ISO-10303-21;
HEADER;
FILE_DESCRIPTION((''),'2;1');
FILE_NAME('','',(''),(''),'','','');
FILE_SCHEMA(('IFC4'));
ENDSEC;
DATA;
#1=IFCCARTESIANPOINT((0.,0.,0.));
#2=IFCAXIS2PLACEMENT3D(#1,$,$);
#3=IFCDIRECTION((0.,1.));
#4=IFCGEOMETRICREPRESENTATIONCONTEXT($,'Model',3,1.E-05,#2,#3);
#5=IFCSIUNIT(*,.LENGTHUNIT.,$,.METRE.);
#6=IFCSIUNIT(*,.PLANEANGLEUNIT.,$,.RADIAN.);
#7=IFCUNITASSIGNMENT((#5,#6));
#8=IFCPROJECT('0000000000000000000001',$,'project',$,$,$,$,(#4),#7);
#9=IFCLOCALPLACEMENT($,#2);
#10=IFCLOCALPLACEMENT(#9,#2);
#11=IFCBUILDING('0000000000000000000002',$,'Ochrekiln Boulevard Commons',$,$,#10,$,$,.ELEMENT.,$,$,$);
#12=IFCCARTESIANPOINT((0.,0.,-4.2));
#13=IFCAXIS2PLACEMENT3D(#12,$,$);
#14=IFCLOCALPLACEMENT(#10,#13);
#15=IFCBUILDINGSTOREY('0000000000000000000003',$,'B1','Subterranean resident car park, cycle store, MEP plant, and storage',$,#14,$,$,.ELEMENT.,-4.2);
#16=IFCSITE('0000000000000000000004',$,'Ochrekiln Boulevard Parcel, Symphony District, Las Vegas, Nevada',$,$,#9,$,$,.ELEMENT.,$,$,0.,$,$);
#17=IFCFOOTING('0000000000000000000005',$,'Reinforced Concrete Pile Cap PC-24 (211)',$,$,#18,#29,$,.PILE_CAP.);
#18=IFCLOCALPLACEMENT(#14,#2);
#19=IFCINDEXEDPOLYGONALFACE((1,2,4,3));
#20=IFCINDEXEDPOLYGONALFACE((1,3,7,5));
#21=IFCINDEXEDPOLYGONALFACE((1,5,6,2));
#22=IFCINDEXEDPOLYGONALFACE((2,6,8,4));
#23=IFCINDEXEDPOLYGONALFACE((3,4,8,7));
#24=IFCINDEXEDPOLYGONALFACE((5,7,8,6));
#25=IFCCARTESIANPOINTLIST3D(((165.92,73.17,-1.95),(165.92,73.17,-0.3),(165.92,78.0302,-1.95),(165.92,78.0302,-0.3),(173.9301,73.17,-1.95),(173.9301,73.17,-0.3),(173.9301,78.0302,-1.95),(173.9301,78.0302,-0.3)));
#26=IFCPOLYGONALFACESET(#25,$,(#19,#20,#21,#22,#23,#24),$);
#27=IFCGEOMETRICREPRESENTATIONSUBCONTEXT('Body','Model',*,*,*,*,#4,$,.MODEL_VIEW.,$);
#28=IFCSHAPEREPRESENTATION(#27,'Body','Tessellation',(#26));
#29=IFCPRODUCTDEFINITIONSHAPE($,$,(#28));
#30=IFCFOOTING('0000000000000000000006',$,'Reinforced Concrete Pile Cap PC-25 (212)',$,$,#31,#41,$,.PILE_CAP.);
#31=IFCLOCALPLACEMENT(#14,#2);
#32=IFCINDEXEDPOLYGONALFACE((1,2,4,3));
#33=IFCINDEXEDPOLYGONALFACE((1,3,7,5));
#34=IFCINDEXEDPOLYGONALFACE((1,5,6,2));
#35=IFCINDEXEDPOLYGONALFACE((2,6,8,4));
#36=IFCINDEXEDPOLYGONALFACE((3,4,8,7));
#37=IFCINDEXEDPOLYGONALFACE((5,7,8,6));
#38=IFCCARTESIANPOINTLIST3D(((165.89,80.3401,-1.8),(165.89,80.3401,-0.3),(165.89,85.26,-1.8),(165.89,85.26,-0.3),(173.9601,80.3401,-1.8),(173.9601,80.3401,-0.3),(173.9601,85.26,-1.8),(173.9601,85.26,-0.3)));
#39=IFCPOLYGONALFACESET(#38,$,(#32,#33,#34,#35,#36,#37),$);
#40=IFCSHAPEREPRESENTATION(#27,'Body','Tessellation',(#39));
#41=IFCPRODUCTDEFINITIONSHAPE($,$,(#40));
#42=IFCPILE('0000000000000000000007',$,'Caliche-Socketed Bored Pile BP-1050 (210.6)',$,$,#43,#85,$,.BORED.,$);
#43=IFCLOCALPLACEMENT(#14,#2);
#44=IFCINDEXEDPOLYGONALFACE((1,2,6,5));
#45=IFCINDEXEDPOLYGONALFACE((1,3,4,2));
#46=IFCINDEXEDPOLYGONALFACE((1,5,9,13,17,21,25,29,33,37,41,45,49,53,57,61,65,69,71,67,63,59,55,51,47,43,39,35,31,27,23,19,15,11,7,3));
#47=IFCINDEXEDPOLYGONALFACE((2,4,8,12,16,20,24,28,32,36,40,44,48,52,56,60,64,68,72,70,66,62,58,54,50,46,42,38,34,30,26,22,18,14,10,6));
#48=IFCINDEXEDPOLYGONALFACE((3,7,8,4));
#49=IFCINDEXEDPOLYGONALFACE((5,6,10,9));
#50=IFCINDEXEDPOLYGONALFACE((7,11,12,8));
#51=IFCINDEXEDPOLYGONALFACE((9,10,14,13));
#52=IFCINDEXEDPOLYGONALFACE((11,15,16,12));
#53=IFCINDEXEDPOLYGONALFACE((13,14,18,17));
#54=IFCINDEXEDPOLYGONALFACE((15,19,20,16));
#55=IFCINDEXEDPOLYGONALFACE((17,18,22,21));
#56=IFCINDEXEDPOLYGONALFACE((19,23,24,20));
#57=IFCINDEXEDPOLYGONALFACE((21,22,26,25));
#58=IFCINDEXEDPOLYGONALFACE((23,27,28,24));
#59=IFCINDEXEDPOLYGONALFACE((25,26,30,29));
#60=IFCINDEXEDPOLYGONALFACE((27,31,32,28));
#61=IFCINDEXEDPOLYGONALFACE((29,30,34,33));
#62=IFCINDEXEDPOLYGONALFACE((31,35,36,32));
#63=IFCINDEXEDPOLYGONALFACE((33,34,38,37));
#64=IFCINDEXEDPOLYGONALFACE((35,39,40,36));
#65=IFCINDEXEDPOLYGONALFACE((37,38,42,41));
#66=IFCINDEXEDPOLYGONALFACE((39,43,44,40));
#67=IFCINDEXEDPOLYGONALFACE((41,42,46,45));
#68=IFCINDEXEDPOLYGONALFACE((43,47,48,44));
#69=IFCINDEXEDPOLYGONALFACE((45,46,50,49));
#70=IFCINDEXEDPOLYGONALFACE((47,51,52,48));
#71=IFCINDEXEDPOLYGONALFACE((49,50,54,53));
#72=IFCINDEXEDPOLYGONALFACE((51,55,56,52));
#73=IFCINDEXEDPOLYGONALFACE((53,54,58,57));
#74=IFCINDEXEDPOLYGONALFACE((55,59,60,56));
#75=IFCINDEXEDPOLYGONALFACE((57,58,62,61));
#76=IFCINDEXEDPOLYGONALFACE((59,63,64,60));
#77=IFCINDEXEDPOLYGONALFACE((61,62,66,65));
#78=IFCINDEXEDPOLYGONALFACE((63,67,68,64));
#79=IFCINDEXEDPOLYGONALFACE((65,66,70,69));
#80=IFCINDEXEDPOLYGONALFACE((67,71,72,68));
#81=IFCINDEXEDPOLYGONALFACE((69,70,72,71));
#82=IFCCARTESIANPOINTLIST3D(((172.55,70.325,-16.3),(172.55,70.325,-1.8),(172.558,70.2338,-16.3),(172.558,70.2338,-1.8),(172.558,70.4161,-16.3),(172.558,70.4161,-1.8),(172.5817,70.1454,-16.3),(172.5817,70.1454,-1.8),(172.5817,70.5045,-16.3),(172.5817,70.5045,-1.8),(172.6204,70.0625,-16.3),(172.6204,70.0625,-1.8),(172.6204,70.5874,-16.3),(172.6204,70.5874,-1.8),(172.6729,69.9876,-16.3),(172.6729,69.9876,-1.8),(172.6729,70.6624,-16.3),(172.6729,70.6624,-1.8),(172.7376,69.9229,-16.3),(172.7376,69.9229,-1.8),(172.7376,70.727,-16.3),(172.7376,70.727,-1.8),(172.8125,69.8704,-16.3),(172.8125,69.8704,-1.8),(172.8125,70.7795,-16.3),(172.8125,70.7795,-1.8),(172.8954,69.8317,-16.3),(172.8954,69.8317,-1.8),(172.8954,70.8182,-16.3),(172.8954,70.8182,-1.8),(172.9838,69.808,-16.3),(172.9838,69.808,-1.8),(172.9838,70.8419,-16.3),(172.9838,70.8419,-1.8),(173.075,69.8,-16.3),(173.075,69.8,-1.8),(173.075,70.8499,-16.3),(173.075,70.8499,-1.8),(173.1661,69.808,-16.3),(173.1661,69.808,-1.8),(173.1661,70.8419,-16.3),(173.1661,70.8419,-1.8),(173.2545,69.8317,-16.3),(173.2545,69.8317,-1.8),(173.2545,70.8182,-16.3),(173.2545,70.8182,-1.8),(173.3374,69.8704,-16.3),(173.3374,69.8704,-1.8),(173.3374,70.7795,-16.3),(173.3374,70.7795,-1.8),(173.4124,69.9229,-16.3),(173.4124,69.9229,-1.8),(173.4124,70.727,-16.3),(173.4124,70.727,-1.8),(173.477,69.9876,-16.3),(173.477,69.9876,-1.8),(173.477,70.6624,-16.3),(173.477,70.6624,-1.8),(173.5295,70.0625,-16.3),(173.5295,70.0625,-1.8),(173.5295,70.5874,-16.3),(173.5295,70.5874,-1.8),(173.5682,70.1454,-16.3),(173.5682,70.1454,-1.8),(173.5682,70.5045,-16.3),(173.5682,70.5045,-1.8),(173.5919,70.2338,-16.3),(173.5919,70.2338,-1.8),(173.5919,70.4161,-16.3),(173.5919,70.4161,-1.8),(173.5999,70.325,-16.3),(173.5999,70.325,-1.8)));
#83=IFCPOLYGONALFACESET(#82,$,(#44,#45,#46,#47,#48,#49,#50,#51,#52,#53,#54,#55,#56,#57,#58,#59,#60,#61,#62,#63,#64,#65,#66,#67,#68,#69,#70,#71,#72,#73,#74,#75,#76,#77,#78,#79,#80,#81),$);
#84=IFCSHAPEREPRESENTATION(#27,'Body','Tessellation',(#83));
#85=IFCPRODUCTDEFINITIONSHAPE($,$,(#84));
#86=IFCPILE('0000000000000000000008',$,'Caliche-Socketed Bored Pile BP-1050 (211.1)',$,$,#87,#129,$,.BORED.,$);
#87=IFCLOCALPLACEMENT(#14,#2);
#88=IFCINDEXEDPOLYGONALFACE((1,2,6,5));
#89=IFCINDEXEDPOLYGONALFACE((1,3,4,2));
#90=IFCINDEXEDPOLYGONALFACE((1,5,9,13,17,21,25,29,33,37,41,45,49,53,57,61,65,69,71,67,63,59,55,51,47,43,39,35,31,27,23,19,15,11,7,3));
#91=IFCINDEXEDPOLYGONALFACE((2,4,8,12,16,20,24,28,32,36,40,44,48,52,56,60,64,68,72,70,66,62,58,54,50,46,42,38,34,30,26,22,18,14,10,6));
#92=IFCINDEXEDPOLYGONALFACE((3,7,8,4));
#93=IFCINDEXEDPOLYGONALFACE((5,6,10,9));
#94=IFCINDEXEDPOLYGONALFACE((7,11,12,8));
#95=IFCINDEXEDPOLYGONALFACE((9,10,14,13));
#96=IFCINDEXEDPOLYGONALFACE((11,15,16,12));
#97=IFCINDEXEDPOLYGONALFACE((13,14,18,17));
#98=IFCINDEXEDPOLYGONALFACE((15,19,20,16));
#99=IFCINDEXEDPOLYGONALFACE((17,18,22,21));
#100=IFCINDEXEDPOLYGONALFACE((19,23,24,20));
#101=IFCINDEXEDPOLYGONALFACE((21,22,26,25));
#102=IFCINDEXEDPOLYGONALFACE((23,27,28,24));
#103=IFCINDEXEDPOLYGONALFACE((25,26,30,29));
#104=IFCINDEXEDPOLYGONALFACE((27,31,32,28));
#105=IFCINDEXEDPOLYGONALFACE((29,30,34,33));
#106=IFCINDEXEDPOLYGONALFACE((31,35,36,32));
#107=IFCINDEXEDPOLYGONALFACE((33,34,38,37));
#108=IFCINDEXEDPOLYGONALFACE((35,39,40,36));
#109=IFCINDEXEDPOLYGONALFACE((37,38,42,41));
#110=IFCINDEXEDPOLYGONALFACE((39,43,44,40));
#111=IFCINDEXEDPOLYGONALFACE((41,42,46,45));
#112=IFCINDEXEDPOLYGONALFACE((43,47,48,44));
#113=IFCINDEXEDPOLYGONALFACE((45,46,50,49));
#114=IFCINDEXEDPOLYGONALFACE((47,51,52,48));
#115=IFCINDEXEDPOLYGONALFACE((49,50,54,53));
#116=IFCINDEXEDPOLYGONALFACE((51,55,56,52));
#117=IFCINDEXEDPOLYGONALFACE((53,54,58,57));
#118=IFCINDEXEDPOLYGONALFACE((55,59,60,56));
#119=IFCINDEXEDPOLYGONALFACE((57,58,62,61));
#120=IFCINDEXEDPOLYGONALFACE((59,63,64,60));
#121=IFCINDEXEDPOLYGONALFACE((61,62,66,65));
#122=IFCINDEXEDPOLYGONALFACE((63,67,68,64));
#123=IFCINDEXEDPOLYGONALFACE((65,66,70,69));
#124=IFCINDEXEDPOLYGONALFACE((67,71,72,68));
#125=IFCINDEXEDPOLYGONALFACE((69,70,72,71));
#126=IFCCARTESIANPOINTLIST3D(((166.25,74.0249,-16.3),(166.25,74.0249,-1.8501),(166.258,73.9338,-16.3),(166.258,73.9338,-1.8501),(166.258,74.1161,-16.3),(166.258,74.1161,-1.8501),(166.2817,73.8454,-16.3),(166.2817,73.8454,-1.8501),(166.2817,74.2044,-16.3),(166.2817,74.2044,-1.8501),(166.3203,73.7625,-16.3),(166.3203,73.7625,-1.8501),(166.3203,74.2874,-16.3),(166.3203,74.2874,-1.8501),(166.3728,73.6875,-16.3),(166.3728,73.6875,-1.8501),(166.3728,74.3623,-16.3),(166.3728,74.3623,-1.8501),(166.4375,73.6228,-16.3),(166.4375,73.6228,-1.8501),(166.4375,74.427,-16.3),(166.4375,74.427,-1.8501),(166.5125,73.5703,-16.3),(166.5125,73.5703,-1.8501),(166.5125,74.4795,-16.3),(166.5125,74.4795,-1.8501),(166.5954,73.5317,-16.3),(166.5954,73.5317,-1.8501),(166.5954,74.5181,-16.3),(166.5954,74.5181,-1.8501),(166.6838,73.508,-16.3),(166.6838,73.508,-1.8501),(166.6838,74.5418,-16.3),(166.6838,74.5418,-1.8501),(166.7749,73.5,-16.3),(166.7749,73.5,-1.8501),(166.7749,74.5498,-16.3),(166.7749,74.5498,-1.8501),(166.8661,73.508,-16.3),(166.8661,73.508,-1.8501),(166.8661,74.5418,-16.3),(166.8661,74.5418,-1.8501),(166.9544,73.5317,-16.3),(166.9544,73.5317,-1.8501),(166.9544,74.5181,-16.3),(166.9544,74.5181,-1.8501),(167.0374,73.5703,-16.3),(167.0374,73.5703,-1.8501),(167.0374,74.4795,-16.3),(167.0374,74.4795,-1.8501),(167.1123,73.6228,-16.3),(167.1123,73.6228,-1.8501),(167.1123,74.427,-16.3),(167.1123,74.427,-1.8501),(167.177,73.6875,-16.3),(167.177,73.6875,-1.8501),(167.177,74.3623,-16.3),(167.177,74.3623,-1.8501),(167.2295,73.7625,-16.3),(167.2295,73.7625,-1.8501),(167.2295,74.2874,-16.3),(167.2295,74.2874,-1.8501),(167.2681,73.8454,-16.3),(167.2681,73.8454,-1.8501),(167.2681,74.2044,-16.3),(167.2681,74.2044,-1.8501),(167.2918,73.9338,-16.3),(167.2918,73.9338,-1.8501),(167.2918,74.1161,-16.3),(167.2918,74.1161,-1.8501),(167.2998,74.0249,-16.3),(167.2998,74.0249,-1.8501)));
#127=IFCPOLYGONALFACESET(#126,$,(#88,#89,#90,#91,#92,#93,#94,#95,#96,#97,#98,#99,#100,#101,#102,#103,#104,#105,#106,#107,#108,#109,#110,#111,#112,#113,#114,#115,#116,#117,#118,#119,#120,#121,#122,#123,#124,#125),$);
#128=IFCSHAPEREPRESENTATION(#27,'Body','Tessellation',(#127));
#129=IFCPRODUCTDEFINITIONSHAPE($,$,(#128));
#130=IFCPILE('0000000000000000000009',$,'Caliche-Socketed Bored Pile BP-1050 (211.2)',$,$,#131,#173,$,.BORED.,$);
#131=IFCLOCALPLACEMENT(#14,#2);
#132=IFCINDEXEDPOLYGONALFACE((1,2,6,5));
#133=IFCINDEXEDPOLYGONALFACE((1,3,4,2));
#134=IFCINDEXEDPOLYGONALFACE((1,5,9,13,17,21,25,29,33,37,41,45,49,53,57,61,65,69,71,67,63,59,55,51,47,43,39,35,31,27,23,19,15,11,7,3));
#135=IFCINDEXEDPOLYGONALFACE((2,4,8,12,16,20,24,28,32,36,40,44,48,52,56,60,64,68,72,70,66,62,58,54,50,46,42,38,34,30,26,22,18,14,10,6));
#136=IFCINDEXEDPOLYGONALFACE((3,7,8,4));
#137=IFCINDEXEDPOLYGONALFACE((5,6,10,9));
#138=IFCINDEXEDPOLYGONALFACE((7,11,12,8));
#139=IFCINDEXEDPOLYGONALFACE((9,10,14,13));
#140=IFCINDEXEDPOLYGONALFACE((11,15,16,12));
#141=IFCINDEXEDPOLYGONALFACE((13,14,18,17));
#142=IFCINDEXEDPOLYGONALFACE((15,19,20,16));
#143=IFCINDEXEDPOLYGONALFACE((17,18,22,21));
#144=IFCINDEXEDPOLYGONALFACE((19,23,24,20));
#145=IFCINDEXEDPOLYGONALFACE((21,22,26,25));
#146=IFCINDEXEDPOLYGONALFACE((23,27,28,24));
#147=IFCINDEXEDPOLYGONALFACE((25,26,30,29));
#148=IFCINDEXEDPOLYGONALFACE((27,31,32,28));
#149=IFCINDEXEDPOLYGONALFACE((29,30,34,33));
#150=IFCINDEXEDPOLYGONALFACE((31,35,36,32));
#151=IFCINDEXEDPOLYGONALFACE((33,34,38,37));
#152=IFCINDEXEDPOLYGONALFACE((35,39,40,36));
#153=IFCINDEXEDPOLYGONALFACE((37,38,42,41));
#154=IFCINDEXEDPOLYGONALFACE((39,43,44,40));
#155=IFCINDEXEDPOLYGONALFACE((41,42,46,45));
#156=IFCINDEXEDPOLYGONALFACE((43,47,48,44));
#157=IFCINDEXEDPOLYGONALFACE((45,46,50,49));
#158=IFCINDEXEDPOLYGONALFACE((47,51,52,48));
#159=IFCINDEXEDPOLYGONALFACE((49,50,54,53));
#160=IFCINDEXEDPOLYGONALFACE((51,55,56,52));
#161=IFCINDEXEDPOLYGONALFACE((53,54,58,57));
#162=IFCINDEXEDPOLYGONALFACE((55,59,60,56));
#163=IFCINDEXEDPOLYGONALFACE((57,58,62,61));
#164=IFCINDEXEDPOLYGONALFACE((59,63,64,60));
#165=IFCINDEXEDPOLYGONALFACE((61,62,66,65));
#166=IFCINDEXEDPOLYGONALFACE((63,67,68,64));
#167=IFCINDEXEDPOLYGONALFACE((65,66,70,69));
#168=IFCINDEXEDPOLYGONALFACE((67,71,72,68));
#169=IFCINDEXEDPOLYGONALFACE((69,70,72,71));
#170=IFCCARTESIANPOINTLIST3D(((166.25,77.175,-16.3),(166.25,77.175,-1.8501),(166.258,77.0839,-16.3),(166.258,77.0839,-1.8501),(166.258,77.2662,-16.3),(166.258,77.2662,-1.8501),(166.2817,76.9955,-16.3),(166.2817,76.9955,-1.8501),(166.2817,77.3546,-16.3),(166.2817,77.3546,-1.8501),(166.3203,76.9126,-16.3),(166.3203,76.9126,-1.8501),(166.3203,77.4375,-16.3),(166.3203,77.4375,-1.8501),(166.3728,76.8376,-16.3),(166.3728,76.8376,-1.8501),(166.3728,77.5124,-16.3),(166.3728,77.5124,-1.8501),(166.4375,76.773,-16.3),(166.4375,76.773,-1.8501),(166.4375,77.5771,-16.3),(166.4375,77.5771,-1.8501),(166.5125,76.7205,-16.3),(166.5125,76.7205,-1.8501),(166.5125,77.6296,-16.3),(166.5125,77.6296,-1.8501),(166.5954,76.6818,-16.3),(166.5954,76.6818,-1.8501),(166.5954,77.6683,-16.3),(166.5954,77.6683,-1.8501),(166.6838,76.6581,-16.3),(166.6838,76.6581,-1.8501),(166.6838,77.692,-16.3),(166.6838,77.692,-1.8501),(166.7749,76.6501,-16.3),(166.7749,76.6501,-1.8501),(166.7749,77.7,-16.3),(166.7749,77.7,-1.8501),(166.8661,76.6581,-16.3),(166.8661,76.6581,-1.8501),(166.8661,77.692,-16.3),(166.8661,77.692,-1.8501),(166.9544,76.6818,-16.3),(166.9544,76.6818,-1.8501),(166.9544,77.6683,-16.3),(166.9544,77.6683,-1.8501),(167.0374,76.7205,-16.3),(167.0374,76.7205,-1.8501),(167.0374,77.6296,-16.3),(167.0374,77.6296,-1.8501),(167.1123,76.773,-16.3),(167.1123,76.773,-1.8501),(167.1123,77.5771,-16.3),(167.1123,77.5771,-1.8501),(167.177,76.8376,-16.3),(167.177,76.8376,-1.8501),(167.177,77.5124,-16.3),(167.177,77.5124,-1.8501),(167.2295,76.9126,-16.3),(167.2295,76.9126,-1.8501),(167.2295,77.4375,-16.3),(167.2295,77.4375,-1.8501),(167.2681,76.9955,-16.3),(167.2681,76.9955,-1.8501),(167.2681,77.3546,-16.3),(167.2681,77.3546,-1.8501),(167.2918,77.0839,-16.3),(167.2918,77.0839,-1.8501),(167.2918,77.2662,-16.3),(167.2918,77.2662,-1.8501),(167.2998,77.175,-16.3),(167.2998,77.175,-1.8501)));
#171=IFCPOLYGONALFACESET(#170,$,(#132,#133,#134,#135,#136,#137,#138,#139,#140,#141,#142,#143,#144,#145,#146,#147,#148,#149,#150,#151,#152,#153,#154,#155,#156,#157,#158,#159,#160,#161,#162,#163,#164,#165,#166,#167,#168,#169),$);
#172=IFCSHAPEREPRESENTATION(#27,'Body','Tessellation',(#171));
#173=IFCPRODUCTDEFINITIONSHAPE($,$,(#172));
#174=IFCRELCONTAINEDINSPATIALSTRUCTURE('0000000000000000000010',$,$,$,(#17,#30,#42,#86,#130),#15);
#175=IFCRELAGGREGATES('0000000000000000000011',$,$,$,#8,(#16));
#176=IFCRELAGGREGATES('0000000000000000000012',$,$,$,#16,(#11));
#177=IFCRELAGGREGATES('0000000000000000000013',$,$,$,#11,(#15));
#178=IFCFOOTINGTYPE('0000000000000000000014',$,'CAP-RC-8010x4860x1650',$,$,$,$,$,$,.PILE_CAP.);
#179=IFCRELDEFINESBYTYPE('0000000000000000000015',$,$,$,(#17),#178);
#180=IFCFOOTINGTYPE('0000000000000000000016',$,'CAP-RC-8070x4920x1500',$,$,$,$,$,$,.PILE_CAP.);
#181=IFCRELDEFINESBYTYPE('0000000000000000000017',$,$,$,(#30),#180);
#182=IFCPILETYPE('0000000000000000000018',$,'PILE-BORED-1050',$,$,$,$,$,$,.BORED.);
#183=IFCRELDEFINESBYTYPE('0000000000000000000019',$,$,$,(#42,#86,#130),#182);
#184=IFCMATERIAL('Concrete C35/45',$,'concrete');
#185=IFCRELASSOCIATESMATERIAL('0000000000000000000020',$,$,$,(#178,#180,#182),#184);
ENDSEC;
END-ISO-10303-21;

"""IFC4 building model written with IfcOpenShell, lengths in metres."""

from ifc_helpers import new_model, si_unit, direction, frame, origin, origin_2d, place, context, subcontext, project, spatial, rectangle, circle, extrude, material, material_profile, profile_set, type_object, element, save


model = new_model("IFC4")

# Units and contexts
model_context = context("Model", 3, precision=1e-05, world=origin(), true_north=direction((0.0, 1.0)))
body_context = subcontext(model_context, "Body", "Model", "MODEL_VIEW")
ifc_project = project(units=[si_unit("LENGTHUNIT", "METRE"), si_unit("PLANEANGLEUNIT", "RADIAN")], contexts=[model_context])

# Site, building, storey
site_placement = place(None, origin())
site = spatial("IfcSite", under=ifc_project, at=site_placement, Name="Ochrekiln Boulevard Parcel, Symphony District, Las Vegas, Nevada", CompositionType="ELEMENT", RefElevation=0.0)
building_placement = place(site_placement, origin())
building = spatial("IfcBuilding", under=site, at=building_placement, Name="Ochrekiln Boulevard Commons", CompositionType="ELEMENT")
storey_placement = place(building_placement, frame((0.0, 0.0, -4.2)))
storey = spatial("IfcBuildingStorey", under=building, at=storey_placement, Name="B1", Description="Subterranean resident car park, cycle store, MEP plant, and storage", CompositionType="ELEMENT", Elevation=-4.2)

# Footings
ifc_material_1 = material(Name="Concrete C35/45", Category="concrete")
footing_type_1 = type_object("IfcFootingType", Name="CAP-RC-8010x4860x1650", PredefinedType="PILE_CAP", material=ifc_material_1)
footing_1_placement = place(storey_placement, frame((169.925, 75.6001, -1.95), z_axis=(0.0, 0.0, 1.0), x_axis=(1.0, 0.0, 0.0)))
element("IfcFooting", 1, at=footing_1_placement, inside=storey, type_object=footing_type_1, Name="Reinforced Concrete Pile Cap PC-24 (211)", PredefinedType="PILE_CAP", context=body_context, shape_type="SweptSolid", body=[
    extrude(rectangle(XDim=8.01, YDim=4.8601, at=origin_2d()), origin(), (0.0, 0.0, 1.0), 1.6499),
])
footing_type_2 = type_object("IfcFootingType", Name="CAP-RC-8070x4920x1500", PredefinedType="PILE_CAP", material=ifc_material_1)
footing_2_placement = place(storey_placement, frame((169.925, 82.8, -1.8), z_axis=(0.0, 0.0, 1.0), x_axis=(1.0, 0.0, 0.0)))
element("IfcFooting", 2, at=footing_2_placement, inside=storey, type_object=footing_type_2, Name="Reinforced Concrete Pile Cap PC-25 (212)", PredefinedType="PILE_CAP", context=body_context, shape_type="SweptSolid", body=[
    extrude(rectangle(XDim=8.0701, YDim=4.9199, at=origin_2d()), origin(), (0.0, 0.0, 1.0), 1.5),
])

# Piles
ifc_material_profile_1 = material_profile(ifc_material_1, circle(Radius=0.5249, at=origin_2d()), Name="PILE-D1050")
ifc_profile_set_1 = profile_set([ifc_material_profile_1], Name="Concrete C35/45")
pile_type = type_object("IfcPileType", Name="PILE-BORED-1050", PredefinedType="BORED", material=ifc_profile_set_1)
pile_1_placement = place(storey_placement, frame((173.075, 70.325, -1.8), z_axis=(0.0, 0.0, -1.0), x_axis=(1.0, 0.0, 0.0)))
element("IfcPile", 3, at=pile_1_placement, inside=storey, type_object=pile_type, Name="Caliche-Socketed Bored Pile BP-1050 (210.6)", PredefinedType="BORED", context=body_context, shape_type="SweptSolid", body=[
    extrude(circle(Radius=0.5249, at=origin_2d()), origin(), (0.0, 0.0, 1.0), 14.5),
])
for number, where, z_axis, x_axis, name in (
    (4, (166.7749, 74.0249, -1.8501), (0.0, 0.0, -1.0), (1.0, 0.0, 0.0), "Caliche-Socketed Bored Pile BP-1050 (211.1)"),
    (5, (166.7749, 77.175, -1.8501), (0.0, 0.0, -1.0), (1.0, 0.0, 0.0), "Caliche-Socketed Bored Pile BP-1050 (211.2)"),
):
    element("IfcPile", number, at=place(storey_placement, frame(where, z_axis=z_axis, x_axis=x_axis)), inside=storey, type_object=pile_type, Name=name, PredefinedType="BORED", context=body_context, shape_type="SweptSolid", body=[
        extrude(circle(Radius=0.5249, at=origin_2d()), origin(), (0.0, 0.0, 1.0), 14.45),
    ])

save(model, "model.ifc")
